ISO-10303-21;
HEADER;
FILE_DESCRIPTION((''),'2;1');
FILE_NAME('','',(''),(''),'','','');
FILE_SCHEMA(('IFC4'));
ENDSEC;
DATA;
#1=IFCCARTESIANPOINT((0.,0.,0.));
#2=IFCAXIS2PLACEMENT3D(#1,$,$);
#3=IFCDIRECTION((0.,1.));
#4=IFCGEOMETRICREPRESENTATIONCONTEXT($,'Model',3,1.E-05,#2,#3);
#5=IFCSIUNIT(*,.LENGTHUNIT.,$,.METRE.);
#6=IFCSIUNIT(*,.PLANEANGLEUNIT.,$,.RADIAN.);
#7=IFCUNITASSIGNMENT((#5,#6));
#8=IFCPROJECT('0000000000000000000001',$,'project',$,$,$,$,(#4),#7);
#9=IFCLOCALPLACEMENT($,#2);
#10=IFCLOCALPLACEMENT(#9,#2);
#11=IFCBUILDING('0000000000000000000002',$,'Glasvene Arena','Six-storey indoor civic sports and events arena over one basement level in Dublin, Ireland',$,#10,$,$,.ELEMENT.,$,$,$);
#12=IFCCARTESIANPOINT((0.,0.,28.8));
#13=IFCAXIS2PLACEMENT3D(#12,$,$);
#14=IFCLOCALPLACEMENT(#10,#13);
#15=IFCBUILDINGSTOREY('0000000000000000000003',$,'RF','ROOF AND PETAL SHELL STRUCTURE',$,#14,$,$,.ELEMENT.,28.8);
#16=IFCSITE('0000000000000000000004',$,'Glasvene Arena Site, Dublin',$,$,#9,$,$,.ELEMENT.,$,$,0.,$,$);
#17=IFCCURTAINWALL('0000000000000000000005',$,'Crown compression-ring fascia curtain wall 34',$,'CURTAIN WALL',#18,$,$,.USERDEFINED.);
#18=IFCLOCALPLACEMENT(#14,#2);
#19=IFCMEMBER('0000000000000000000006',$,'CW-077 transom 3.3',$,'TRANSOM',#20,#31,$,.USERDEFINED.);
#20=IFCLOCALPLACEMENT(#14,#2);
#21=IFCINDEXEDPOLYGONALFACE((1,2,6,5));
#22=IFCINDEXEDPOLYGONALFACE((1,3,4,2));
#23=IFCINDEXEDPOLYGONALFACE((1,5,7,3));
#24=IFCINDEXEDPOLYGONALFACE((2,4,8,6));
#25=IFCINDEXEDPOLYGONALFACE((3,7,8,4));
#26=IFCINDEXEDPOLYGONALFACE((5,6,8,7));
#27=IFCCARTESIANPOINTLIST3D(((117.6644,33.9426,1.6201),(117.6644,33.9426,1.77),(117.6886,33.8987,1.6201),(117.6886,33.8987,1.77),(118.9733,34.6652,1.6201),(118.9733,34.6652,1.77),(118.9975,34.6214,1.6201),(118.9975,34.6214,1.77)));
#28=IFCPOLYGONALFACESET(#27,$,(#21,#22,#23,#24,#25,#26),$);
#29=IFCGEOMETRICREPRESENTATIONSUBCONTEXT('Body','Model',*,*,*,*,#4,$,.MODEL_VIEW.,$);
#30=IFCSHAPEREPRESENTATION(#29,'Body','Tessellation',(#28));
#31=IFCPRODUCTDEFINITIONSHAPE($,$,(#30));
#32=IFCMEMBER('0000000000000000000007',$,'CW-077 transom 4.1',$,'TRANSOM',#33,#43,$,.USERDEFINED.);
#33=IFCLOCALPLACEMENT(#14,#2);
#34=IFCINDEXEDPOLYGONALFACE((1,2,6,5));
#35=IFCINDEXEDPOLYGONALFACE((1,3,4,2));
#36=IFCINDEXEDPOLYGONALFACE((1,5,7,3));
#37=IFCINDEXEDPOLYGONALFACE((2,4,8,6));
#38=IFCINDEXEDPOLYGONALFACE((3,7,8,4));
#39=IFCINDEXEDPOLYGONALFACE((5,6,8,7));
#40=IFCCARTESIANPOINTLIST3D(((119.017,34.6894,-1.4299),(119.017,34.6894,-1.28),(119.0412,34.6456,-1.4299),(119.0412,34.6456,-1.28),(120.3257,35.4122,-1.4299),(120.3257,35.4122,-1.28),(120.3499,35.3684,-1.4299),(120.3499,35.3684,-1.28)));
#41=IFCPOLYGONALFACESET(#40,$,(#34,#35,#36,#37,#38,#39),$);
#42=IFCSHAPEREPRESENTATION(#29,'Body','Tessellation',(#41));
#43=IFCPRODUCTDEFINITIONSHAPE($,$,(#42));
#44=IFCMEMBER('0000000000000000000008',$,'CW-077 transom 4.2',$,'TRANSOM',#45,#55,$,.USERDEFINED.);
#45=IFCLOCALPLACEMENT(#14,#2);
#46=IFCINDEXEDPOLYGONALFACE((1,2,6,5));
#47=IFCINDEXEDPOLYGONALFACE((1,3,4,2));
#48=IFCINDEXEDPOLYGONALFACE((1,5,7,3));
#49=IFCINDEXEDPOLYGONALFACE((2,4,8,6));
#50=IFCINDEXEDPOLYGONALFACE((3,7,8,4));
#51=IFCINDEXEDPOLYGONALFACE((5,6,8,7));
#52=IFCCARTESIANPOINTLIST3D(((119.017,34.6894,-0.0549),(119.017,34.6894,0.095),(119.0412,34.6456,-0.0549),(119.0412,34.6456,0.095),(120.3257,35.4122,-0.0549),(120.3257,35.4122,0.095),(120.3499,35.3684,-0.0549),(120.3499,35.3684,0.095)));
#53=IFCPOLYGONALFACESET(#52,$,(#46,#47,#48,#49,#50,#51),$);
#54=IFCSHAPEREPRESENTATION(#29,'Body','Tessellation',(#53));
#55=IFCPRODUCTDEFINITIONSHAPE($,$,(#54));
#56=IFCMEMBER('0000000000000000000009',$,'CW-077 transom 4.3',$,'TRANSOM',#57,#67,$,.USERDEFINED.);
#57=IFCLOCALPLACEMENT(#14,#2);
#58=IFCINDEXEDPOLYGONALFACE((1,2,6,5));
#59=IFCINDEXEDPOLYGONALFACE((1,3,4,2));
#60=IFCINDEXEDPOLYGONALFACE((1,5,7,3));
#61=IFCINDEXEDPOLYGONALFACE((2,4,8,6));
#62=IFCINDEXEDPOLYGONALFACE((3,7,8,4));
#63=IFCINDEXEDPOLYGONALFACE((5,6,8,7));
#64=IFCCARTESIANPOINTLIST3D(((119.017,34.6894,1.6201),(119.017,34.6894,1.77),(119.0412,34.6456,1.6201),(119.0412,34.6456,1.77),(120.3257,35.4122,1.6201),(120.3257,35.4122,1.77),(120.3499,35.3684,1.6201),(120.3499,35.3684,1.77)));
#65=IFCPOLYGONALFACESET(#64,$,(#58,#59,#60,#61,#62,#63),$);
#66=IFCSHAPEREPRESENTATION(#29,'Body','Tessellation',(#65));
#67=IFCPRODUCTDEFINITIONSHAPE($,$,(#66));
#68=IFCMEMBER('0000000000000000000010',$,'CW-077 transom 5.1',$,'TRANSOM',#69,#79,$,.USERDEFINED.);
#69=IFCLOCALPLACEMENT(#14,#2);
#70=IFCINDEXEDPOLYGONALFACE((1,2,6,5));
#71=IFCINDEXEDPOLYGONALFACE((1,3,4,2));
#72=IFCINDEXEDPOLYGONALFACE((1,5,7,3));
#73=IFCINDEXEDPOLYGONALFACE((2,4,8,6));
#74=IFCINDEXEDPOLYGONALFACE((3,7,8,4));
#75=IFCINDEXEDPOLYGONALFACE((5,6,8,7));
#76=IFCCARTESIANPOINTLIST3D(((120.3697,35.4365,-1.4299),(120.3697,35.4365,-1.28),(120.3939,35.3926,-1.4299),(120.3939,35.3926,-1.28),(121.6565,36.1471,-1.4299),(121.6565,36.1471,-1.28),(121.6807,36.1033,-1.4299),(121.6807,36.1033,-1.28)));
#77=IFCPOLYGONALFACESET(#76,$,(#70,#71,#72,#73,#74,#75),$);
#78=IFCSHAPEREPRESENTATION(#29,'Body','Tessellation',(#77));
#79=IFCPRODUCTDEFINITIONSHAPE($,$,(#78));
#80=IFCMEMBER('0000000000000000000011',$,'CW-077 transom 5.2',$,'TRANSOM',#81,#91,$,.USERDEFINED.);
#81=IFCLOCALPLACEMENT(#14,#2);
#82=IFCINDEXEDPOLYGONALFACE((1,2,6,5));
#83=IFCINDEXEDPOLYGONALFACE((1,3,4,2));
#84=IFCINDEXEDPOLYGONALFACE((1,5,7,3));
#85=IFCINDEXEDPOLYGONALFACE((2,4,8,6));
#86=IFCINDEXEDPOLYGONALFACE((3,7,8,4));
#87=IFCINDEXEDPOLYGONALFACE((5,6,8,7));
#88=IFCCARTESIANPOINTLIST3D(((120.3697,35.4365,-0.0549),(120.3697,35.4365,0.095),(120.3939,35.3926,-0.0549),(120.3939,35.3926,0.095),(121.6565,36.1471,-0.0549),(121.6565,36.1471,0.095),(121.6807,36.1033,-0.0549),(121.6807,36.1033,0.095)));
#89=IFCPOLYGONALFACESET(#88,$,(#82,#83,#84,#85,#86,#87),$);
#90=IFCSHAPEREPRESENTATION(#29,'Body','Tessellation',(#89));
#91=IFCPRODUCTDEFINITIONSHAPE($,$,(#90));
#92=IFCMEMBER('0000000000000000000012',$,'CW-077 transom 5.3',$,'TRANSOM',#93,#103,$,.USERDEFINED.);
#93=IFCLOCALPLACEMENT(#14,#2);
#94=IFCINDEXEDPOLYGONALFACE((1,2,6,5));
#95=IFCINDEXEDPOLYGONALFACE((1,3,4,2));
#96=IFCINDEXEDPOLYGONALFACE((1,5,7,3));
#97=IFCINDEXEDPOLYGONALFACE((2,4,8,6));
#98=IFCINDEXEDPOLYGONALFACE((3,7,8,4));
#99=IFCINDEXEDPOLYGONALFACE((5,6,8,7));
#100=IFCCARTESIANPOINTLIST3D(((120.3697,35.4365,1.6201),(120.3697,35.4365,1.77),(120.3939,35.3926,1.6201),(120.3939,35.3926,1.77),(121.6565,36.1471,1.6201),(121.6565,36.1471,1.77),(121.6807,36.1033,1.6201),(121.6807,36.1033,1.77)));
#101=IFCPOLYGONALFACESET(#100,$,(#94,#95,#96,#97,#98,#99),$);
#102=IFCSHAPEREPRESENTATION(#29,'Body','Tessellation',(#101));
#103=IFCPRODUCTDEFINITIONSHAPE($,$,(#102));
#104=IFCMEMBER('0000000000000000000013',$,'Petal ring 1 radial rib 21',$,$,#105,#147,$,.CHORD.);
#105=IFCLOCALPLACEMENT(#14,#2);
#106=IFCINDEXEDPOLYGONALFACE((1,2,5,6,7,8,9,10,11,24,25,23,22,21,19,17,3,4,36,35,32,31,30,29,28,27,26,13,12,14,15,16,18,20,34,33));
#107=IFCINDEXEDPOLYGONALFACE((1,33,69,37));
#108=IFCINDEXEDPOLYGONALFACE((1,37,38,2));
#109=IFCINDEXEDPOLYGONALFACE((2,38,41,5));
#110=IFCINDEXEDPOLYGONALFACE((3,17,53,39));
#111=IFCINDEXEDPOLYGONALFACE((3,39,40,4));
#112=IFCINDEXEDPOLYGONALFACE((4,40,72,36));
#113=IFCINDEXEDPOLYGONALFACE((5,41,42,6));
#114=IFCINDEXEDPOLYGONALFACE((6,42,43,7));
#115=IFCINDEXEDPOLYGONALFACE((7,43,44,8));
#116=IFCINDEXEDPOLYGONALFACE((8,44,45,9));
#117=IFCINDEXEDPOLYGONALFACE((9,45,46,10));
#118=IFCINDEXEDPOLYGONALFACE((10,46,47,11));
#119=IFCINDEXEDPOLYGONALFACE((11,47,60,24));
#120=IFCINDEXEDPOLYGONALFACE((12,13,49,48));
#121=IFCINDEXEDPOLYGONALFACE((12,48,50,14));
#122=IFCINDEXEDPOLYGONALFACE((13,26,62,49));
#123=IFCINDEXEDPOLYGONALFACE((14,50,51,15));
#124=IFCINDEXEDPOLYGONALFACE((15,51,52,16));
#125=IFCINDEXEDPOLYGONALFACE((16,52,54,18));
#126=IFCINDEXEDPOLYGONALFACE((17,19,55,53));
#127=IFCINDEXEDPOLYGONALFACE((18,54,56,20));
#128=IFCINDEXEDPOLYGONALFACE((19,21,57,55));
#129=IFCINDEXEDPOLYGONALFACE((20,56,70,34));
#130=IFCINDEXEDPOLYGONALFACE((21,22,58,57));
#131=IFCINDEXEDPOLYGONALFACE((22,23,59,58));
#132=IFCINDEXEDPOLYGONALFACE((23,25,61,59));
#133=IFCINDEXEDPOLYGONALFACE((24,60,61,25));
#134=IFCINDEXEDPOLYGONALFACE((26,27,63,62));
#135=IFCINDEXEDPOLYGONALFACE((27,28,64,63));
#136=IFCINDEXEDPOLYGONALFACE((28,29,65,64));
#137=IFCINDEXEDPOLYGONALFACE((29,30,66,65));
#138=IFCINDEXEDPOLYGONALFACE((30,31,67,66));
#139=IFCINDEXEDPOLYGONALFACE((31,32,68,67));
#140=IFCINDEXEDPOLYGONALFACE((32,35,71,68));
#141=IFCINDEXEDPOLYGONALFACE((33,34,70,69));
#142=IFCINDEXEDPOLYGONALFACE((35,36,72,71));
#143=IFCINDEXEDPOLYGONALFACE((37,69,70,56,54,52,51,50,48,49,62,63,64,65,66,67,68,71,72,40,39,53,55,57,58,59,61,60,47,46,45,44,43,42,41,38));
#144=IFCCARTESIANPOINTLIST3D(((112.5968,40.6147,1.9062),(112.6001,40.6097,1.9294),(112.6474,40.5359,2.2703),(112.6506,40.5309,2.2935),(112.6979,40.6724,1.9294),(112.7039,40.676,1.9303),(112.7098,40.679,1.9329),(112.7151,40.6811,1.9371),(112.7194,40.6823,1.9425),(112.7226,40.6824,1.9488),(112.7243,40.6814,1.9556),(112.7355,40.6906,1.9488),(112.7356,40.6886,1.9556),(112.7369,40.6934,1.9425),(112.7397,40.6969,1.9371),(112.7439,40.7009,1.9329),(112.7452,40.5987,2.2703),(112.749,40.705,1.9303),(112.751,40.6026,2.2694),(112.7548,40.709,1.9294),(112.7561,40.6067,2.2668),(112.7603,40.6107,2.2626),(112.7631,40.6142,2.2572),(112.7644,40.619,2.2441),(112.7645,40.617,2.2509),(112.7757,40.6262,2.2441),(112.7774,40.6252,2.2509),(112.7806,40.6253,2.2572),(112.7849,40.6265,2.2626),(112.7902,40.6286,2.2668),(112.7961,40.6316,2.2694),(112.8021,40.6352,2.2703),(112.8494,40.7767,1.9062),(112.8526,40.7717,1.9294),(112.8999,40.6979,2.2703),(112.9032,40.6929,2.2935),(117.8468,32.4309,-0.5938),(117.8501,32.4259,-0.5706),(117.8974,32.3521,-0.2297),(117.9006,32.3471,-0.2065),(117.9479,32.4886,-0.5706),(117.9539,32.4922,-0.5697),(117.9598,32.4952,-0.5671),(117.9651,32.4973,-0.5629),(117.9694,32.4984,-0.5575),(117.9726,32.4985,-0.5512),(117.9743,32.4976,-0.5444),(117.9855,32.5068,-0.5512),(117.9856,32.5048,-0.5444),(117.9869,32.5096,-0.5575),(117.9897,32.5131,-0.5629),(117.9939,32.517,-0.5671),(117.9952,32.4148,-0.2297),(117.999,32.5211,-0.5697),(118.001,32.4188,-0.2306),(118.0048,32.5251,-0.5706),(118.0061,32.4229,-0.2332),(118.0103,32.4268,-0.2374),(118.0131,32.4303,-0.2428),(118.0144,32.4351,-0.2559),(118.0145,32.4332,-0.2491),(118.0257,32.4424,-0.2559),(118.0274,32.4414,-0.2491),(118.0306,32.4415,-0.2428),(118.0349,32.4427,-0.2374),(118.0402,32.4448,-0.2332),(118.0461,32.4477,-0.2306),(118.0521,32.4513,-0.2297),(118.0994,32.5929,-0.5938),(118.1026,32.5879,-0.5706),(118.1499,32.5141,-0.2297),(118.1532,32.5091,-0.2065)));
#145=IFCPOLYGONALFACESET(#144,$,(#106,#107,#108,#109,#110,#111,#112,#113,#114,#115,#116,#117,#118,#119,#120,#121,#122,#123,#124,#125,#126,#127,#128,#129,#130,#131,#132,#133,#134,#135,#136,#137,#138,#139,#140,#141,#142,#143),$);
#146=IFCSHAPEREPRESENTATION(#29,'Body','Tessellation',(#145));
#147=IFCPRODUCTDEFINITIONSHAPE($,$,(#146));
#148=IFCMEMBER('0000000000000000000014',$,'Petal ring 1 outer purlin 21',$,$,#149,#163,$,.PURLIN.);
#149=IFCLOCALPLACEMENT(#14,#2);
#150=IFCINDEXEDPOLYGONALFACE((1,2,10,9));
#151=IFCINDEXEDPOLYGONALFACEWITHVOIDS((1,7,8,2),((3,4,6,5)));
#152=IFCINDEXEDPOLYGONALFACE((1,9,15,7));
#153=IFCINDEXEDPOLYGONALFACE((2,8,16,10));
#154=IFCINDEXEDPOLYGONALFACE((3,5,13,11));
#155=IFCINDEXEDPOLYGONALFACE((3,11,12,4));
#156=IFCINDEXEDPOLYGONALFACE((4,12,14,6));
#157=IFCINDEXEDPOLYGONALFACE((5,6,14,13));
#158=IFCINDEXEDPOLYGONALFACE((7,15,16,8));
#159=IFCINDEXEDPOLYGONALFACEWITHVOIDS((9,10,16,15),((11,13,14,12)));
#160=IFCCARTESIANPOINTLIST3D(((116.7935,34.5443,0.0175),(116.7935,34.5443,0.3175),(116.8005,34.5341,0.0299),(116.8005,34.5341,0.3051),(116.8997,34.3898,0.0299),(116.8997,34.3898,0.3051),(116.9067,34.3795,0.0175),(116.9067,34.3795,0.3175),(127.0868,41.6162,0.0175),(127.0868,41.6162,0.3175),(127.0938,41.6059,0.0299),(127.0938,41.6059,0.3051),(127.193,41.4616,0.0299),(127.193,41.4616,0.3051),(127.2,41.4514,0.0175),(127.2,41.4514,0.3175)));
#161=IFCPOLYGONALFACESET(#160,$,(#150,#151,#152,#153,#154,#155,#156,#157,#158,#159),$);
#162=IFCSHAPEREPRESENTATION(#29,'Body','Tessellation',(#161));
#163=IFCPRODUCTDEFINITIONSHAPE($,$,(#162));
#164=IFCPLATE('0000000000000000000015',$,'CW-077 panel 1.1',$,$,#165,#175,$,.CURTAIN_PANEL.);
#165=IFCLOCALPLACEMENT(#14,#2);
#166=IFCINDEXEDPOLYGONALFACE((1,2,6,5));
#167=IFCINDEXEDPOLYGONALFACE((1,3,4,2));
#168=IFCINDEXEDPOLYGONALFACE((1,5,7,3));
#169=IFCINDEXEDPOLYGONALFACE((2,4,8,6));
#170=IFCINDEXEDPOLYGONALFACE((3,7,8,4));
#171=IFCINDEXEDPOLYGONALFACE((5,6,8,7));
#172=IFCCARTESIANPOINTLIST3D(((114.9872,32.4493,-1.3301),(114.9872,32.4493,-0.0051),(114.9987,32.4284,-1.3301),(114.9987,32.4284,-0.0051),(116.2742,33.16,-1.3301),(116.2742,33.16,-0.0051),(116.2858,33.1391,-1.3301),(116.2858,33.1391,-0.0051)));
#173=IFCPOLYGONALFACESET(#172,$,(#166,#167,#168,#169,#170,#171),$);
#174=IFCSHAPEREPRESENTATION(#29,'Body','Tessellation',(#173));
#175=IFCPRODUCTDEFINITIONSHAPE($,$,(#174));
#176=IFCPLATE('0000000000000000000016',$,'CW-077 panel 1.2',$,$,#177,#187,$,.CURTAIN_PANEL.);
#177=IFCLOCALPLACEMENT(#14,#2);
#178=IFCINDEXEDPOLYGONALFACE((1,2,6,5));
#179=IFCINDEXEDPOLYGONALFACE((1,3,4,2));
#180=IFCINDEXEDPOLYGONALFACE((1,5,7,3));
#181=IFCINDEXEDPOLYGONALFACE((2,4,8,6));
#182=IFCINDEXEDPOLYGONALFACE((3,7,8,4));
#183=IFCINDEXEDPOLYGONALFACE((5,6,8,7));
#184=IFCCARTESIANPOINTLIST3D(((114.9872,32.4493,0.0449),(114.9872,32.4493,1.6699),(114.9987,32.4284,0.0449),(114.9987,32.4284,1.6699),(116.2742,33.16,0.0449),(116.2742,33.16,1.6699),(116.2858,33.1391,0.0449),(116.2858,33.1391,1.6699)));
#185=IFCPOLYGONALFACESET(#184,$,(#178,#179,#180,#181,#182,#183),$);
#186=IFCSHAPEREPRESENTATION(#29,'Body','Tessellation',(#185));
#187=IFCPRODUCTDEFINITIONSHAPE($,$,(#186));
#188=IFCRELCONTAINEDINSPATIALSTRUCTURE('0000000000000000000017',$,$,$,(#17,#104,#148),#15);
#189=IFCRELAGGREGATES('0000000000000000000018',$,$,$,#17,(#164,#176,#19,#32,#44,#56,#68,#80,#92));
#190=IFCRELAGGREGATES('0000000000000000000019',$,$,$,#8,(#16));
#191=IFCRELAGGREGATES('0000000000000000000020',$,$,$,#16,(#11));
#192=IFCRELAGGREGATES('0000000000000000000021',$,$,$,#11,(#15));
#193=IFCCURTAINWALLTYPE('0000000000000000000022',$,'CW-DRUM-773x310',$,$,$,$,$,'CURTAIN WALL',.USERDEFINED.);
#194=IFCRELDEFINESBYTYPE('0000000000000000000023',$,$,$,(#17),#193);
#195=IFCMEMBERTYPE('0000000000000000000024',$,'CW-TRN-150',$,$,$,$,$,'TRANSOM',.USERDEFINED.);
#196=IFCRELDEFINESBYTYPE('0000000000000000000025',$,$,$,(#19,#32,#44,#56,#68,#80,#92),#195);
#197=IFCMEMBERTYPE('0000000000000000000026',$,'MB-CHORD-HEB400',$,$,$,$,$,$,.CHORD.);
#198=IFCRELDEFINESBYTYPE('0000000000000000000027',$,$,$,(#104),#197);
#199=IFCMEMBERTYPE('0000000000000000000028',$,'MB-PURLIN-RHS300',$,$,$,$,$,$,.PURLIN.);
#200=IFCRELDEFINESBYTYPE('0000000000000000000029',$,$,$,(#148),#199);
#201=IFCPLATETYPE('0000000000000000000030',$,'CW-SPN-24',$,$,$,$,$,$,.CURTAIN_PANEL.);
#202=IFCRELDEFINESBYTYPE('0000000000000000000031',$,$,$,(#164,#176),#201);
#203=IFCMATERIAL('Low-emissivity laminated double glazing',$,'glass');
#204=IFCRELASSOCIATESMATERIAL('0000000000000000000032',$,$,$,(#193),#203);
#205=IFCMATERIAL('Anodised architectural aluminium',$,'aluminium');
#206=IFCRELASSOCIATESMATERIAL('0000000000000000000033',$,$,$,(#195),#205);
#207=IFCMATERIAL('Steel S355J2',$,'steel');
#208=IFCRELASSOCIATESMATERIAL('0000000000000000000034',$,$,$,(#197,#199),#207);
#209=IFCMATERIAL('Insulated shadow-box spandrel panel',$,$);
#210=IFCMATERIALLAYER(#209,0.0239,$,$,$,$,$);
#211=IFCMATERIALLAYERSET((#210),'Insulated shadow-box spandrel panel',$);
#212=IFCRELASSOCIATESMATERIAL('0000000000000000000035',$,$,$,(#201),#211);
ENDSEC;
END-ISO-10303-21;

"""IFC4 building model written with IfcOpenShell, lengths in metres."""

from ifc_helpers import new_model, si_unit, direction, frame, origin, origin_2d, place, context, subcontext, project, spatial, rectangle, hollow_rectangle, i_section, extrude, material, layer, layer_set, material_profile, profile_set, type_object, element, aggregate, save


model = new_model("IFC4")

# Units and contexts
model_context = context("Model", 3, precision=1e-05, world=origin(), true_north=direction((0.0, 1.0)))
body_context = subcontext(model_context, "Body", "Model", "MODEL_VIEW")
ifc_project = project(units=[si_unit("LENGTHUNIT", "METRE"), si_unit("PLANEANGLEUNIT", "RADIAN")], contexts=[model_context])

# Site, building, storey
site_placement = place(None, origin())
site = spatial("IfcSite", under=ifc_project, at=site_placement, Name="Glasvene Arena Site, Dublin", CompositionType="ELEMENT", RefElevation=0.0)
building_placement = place(site_placement, origin())
building = spatial("IfcBuilding", under=site, at=building_placement, Name="Glasvene Arena", Description="Six-storey indoor civic sports and events arena over one basement level in Dublin, Ireland", CompositionType="ELEMENT")
storey_placement = place(building_placement, frame((0.0, 0.0, 28.8)))
storey = spatial("IfcBuildingStorey", under=building, at=storey_placement, Name="RF", Description="ROOF AND PETAL SHELL STRUCTURE", CompositionType="ELEMENT", Elevation=28.8)

# Shared definitions
ifc_material_1 = material(Name="Low-emissivity laminated double glazing", Category="glass")
ifc_material_2 = material(Name="Anodised architectural aluminium", Category="aluminium")

# Curtain wall, members
curtain_wall_type_1 = type_object("IfcCurtainWallType", Name="CW-DRUM-773x310", ElementType="CURTAIN WALL", PredefinedType="USERDEFINED", material=ifc_material_1)
curtain_wall_1_placement = place(storey_placement, frame((114.9492, 32.4148, 0.0)))
curtain_wall_1 = element("IfcCurtainWall", 1, at=curtain_wall_1_placement, inside=storey, type_object=curtain_wall_type_1, Name="Crown compression-ring fascia curtain wall 34", ObjectType="CURTAIN WALL", PredefinedType="USERDEFINED")
ifc_material_profile_1 = material_profile(ifc_material_2, rectangle(XDim=0.05, YDim=0.1499, at=origin_2d()), Name="ALU TRANSOM 50x150")
ifc_profile_set_1 = profile_set([ifc_material_profile_1], Name="Anodised architectural aluminium")
member_type_1 = type_object("IfcMemberType", Name="CW-TRN-150", ElementType="TRANSOM", PredefinedType="USERDEFINED", material=ifc_profile_set_1)
member_1_placement = place(storey_placement, frame((117.6765, 33.9207, 1.6951), z_axis=(0.875425, 0.483354, 0.0), x_axis=(-0.483354, 0.875425, 0.0)))
member_1 = element("IfcMember", 2, at=member_1_placement, type_object=member_type_1, Name="CW-077 transom 3.3", ObjectType="TRANSOM", PredefinedType="USERDEFINED", context=body_context, shape_type="SweptSolid", body=[
    extrude(rectangle(XDim=0.05, YDim=0.1499, at=origin_2d()), origin(), (0.0, 0.0, 1.0), 1.4951),
])
member_2_placement = place(storey_placement, frame((119.0291, 34.6675, -1.355), z_axis=(0.875356, 0.483479, 0.0), x_axis=(-0.483479, 0.875356, 0.0)))
member_2 = element("IfcMember", 3, at=member_2_placement, type_object=member_type_1, Name="CW-077 transom 4.1", ObjectType="TRANSOM", PredefinedType="USERDEFINED", context=body_context, shape_type="SweptSolid", body=[
    extrude(rectangle(XDim=0.05, YDim=0.1499, at=origin_2d()), origin(), (0.0, 0.0, 1.0), 1.4951),
])
member_3_placement = place(storey_placement, frame((119.0291, 34.6675, 0.02), z_axis=(0.875356, 0.483479, 0.0), x_axis=(-0.483479, 0.875356, 0.0)))
member_3 = element("IfcMember", 4, at=member_3_placement, type_object=member_type_1, Name="CW-077 transom 4.2", ObjectType="TRANSOM", PredefinedType="USERDEFINED", context=body_context, shape_type="SweptSolid", body=[
    extrude(rectangle(XDim=0.05, YDim=0.1499, at=origin_2d()), origin(), (0.0, 0.0, 1.0), 1.4951),
])
member_4_placement = place(storey_placement, frame((119.0291, 34.6675, 1.6951), z_axis=(0.875356, 0.483479, 0.0), x_axis=(-0.483479, 0.875356, 0.0)))
member_4 = element("IfcMember", 5, at=member_4_placement, type_object=member_type_1, Name="CW-077 transom 4.3", ObjectType="TRANSOM", PredefinedType="USERDEFINED", context=body_context, shape_type="SweptSolid", body=[
    extrude(rectangle(XDim=0.05, YDim=0.1499, at=origin_2d()), origin(), (0.0, 0.0, 1.0), 1.4951),
])
member_5_placement = place(storey_placement, frame((120.3818, 35.4146, -1.355), z_axis=(0.875377, 0.483442, 0.0), x_axis=(-0.483442, 0.875377, 0.0)))
member_5 = element("IfcMember", 6, at=member_5_placement, type_object=member_type_1, Name="CW-077 transom 5.1", ObjectType="TRANSOM", PredefinedType="USERDEFINED", context=body_context, shape_type="SweptSolid", body=[
    extrude(rectangle(XDim=0.05, YDim=0.1499, at=origin_2d()), origin(), (0.0, 0.0, 1.0), 1.47),
])
member_6_placement = place(storey_placement, frame((120.3818, 35.4146, 0.02), z_axis=(0.875377, 0.483442, 0.0), x_axis=(-0.483442, 0.875377, 0.0)))
member_6 = element("IfcMember", 7, at=member_6_placement, type_object=member_type_1, Name="CW-077 transom 5.2", ObjectType="TRANSOM", PredefinedType="USERDEFINED", context=body_context, shape_type="SweptSolid", body=[
    extrude(rectangle(XDim=0.05, YDim=0.1499, at=origin_2d()), origin(), (0.0, 0.0, 1.0), 1.47),
])
member_7_placement = place(storey_placement, frame((120.3818, 35.4146, 1.6951), z_axis=(0.875377, 0.483442, 0.0), x_axis=(-0.483442, 0.875377, 0.0)))
member_7 = element("IfcMember", 8, at=member_7_placement, type_object=member_type_1, Name="CW-077 transom 5.3", ObjectType="TRANSOM", PredefinedType="USERDEFINED", context=body_context, shape_type="SweptSolid", body=[
    extrude(rectangle(XDim=0.05, YDim=0.1499, at=origin_2d()), origin(), (0.0, 0.0, 1.0), 1.47),
])

# Members
ifc_material_3 = material(Name="Steel S355J2", Category="steel")
ifc_material_profile_2 = material_profile(ifc_material_3, i_section(OverallWidth=0.3, OverallDepth=0.3999, WebThickness=0.0134, FlangeThickness=0.0239, FilletRadius=0.0271, at=origin_2d()), Name="HEB 400")
ifc_profile_set_2 = profile_set([ifc_material_profile_2], Name="Steel S355J2")
member_type_2 = type_object("IfcMemberType", Name="MB-CHORD-HEB400", PredefinedType="CHORD", material=ifc_profile_set_2)
member_8_placement = place(storey_placement, frame((118.0, 32.47, -0.4001), z_axis=(-0.522944, 0.815179, 0.249021), x_axis=(-0.841695, -0.539954, 0.0)))
element("IfcMember", 9, at=member_8_placement, inside=storey, type_object=member_type_2, Name="Petal ring 1 radial rib 21", PredefinedType="CHORD", context=body_context, shape_type="SweptSolid", body=[
    extrude(i_section(OverallWidth=0.3, OverallDepth=0.3999, WebThickness=0.0134, FlangeThickness=0.0239, FilletRadius=0.0271, at=origin_2d()), origin(), (0.0, 0.0, 1.0), 10.0393),
])
ifc_material_profile_3 = material_profile(ifc_material_3, hollow_rectangle(XDim=0.2, YDim=0.3, WallThickness=0.0125, at=origin_2d()), Name="RHS 300x200x12.5")
ifc_profile_set_3 = profile_set([ifc_material_profile_3], Name="Steel S355J2")
member_type_3 = type_object("IfcMemberType", Name="MB-PURLIN-RHS300", PredefinedType="PURLIN", material=ifc_profile_set_3)
member_9_placement = place(storey_placement, frame((116.8501, 34.4619, 0.1675), z_axis=(0.824222, 0.566267, 0.0), x_axis=(-0.566267, 0.824222, 0.0)))
element("IfcMember", 10, at=member_9_placement, inside=storey, type_object=member_type_3, Name="Petal ring 1 outer purlin 21", PredefinedType="PURLIN", context=body_context, shape_type="SweptSolid", body=[
    extrude(hollow_rectangle(XDim=0.2, YDim=0.3, WallThickness=0.0125, at=origin_2d()), origin(), (0.0, 0.0, 1.0), 12.4885),
])

# Plates
ifc_material_4 = material(Name="Insulated shadow-box spandrel panel")
ifc_layer_1 = layer(ifc_material_4, 0.0239)
ifc_layer_set_1 = layer_set([ifc_layer_1], Name="Insulated shadow-box spandrel panel")
plate_type = type_object("IfcPlateType", Name="CW-SPN-24", PredefinedType="CURTAIN_PANEL", material=ifc_layer_set_1)
plate_1_placement = place(storey_placement, frame((115.6365, 32.7942, -1.3301), z_axis=(0.0, 0.0, 1.0), x_axis=(0.875407, 0.483387, 0.0)))
plate_1 = element("IfcPlate", 11, at=plate_1_placement, type_object=plate_type, Name="CW-077 panel 1.1", PredefinedType="CURTAIN_PANEL", context=body_context, shape_type="SweptSolid", body=[
    extrude(rectangle(XDim=1.4702, YDim=0.0239, at=origin_2d()), origin(), (0.0, 0.0, 1.0), 1.325),
])
plate_2_placement = place(storey_placement, frame((115.6365, 32.7942, 0.0449), z_axis=(0.0, 0.0, 1.0), x_axis=(0.875407, 0.483387, 0.0)))
plate_2 = element("IfcPlate", 12, at=plate_2_placement, type_object=plate_type, Name="CW-077 panel 1.2", PredefinedType="CURTAIN_PANEL", context=body_context, shape_type="SweptSolid", body=[
    extrude(rectangle(XDim=1.4702, YDim=0.0239, at=origin_2d()), origin(), (0.0, 0.0, 1.0), 1.625),
])
aggregate(curtain_wall_1, [plate_1, plate_2, member_1, member_2, member_3, member_4, member_5, member_6, member_7])

save(model, "model.ifc")
